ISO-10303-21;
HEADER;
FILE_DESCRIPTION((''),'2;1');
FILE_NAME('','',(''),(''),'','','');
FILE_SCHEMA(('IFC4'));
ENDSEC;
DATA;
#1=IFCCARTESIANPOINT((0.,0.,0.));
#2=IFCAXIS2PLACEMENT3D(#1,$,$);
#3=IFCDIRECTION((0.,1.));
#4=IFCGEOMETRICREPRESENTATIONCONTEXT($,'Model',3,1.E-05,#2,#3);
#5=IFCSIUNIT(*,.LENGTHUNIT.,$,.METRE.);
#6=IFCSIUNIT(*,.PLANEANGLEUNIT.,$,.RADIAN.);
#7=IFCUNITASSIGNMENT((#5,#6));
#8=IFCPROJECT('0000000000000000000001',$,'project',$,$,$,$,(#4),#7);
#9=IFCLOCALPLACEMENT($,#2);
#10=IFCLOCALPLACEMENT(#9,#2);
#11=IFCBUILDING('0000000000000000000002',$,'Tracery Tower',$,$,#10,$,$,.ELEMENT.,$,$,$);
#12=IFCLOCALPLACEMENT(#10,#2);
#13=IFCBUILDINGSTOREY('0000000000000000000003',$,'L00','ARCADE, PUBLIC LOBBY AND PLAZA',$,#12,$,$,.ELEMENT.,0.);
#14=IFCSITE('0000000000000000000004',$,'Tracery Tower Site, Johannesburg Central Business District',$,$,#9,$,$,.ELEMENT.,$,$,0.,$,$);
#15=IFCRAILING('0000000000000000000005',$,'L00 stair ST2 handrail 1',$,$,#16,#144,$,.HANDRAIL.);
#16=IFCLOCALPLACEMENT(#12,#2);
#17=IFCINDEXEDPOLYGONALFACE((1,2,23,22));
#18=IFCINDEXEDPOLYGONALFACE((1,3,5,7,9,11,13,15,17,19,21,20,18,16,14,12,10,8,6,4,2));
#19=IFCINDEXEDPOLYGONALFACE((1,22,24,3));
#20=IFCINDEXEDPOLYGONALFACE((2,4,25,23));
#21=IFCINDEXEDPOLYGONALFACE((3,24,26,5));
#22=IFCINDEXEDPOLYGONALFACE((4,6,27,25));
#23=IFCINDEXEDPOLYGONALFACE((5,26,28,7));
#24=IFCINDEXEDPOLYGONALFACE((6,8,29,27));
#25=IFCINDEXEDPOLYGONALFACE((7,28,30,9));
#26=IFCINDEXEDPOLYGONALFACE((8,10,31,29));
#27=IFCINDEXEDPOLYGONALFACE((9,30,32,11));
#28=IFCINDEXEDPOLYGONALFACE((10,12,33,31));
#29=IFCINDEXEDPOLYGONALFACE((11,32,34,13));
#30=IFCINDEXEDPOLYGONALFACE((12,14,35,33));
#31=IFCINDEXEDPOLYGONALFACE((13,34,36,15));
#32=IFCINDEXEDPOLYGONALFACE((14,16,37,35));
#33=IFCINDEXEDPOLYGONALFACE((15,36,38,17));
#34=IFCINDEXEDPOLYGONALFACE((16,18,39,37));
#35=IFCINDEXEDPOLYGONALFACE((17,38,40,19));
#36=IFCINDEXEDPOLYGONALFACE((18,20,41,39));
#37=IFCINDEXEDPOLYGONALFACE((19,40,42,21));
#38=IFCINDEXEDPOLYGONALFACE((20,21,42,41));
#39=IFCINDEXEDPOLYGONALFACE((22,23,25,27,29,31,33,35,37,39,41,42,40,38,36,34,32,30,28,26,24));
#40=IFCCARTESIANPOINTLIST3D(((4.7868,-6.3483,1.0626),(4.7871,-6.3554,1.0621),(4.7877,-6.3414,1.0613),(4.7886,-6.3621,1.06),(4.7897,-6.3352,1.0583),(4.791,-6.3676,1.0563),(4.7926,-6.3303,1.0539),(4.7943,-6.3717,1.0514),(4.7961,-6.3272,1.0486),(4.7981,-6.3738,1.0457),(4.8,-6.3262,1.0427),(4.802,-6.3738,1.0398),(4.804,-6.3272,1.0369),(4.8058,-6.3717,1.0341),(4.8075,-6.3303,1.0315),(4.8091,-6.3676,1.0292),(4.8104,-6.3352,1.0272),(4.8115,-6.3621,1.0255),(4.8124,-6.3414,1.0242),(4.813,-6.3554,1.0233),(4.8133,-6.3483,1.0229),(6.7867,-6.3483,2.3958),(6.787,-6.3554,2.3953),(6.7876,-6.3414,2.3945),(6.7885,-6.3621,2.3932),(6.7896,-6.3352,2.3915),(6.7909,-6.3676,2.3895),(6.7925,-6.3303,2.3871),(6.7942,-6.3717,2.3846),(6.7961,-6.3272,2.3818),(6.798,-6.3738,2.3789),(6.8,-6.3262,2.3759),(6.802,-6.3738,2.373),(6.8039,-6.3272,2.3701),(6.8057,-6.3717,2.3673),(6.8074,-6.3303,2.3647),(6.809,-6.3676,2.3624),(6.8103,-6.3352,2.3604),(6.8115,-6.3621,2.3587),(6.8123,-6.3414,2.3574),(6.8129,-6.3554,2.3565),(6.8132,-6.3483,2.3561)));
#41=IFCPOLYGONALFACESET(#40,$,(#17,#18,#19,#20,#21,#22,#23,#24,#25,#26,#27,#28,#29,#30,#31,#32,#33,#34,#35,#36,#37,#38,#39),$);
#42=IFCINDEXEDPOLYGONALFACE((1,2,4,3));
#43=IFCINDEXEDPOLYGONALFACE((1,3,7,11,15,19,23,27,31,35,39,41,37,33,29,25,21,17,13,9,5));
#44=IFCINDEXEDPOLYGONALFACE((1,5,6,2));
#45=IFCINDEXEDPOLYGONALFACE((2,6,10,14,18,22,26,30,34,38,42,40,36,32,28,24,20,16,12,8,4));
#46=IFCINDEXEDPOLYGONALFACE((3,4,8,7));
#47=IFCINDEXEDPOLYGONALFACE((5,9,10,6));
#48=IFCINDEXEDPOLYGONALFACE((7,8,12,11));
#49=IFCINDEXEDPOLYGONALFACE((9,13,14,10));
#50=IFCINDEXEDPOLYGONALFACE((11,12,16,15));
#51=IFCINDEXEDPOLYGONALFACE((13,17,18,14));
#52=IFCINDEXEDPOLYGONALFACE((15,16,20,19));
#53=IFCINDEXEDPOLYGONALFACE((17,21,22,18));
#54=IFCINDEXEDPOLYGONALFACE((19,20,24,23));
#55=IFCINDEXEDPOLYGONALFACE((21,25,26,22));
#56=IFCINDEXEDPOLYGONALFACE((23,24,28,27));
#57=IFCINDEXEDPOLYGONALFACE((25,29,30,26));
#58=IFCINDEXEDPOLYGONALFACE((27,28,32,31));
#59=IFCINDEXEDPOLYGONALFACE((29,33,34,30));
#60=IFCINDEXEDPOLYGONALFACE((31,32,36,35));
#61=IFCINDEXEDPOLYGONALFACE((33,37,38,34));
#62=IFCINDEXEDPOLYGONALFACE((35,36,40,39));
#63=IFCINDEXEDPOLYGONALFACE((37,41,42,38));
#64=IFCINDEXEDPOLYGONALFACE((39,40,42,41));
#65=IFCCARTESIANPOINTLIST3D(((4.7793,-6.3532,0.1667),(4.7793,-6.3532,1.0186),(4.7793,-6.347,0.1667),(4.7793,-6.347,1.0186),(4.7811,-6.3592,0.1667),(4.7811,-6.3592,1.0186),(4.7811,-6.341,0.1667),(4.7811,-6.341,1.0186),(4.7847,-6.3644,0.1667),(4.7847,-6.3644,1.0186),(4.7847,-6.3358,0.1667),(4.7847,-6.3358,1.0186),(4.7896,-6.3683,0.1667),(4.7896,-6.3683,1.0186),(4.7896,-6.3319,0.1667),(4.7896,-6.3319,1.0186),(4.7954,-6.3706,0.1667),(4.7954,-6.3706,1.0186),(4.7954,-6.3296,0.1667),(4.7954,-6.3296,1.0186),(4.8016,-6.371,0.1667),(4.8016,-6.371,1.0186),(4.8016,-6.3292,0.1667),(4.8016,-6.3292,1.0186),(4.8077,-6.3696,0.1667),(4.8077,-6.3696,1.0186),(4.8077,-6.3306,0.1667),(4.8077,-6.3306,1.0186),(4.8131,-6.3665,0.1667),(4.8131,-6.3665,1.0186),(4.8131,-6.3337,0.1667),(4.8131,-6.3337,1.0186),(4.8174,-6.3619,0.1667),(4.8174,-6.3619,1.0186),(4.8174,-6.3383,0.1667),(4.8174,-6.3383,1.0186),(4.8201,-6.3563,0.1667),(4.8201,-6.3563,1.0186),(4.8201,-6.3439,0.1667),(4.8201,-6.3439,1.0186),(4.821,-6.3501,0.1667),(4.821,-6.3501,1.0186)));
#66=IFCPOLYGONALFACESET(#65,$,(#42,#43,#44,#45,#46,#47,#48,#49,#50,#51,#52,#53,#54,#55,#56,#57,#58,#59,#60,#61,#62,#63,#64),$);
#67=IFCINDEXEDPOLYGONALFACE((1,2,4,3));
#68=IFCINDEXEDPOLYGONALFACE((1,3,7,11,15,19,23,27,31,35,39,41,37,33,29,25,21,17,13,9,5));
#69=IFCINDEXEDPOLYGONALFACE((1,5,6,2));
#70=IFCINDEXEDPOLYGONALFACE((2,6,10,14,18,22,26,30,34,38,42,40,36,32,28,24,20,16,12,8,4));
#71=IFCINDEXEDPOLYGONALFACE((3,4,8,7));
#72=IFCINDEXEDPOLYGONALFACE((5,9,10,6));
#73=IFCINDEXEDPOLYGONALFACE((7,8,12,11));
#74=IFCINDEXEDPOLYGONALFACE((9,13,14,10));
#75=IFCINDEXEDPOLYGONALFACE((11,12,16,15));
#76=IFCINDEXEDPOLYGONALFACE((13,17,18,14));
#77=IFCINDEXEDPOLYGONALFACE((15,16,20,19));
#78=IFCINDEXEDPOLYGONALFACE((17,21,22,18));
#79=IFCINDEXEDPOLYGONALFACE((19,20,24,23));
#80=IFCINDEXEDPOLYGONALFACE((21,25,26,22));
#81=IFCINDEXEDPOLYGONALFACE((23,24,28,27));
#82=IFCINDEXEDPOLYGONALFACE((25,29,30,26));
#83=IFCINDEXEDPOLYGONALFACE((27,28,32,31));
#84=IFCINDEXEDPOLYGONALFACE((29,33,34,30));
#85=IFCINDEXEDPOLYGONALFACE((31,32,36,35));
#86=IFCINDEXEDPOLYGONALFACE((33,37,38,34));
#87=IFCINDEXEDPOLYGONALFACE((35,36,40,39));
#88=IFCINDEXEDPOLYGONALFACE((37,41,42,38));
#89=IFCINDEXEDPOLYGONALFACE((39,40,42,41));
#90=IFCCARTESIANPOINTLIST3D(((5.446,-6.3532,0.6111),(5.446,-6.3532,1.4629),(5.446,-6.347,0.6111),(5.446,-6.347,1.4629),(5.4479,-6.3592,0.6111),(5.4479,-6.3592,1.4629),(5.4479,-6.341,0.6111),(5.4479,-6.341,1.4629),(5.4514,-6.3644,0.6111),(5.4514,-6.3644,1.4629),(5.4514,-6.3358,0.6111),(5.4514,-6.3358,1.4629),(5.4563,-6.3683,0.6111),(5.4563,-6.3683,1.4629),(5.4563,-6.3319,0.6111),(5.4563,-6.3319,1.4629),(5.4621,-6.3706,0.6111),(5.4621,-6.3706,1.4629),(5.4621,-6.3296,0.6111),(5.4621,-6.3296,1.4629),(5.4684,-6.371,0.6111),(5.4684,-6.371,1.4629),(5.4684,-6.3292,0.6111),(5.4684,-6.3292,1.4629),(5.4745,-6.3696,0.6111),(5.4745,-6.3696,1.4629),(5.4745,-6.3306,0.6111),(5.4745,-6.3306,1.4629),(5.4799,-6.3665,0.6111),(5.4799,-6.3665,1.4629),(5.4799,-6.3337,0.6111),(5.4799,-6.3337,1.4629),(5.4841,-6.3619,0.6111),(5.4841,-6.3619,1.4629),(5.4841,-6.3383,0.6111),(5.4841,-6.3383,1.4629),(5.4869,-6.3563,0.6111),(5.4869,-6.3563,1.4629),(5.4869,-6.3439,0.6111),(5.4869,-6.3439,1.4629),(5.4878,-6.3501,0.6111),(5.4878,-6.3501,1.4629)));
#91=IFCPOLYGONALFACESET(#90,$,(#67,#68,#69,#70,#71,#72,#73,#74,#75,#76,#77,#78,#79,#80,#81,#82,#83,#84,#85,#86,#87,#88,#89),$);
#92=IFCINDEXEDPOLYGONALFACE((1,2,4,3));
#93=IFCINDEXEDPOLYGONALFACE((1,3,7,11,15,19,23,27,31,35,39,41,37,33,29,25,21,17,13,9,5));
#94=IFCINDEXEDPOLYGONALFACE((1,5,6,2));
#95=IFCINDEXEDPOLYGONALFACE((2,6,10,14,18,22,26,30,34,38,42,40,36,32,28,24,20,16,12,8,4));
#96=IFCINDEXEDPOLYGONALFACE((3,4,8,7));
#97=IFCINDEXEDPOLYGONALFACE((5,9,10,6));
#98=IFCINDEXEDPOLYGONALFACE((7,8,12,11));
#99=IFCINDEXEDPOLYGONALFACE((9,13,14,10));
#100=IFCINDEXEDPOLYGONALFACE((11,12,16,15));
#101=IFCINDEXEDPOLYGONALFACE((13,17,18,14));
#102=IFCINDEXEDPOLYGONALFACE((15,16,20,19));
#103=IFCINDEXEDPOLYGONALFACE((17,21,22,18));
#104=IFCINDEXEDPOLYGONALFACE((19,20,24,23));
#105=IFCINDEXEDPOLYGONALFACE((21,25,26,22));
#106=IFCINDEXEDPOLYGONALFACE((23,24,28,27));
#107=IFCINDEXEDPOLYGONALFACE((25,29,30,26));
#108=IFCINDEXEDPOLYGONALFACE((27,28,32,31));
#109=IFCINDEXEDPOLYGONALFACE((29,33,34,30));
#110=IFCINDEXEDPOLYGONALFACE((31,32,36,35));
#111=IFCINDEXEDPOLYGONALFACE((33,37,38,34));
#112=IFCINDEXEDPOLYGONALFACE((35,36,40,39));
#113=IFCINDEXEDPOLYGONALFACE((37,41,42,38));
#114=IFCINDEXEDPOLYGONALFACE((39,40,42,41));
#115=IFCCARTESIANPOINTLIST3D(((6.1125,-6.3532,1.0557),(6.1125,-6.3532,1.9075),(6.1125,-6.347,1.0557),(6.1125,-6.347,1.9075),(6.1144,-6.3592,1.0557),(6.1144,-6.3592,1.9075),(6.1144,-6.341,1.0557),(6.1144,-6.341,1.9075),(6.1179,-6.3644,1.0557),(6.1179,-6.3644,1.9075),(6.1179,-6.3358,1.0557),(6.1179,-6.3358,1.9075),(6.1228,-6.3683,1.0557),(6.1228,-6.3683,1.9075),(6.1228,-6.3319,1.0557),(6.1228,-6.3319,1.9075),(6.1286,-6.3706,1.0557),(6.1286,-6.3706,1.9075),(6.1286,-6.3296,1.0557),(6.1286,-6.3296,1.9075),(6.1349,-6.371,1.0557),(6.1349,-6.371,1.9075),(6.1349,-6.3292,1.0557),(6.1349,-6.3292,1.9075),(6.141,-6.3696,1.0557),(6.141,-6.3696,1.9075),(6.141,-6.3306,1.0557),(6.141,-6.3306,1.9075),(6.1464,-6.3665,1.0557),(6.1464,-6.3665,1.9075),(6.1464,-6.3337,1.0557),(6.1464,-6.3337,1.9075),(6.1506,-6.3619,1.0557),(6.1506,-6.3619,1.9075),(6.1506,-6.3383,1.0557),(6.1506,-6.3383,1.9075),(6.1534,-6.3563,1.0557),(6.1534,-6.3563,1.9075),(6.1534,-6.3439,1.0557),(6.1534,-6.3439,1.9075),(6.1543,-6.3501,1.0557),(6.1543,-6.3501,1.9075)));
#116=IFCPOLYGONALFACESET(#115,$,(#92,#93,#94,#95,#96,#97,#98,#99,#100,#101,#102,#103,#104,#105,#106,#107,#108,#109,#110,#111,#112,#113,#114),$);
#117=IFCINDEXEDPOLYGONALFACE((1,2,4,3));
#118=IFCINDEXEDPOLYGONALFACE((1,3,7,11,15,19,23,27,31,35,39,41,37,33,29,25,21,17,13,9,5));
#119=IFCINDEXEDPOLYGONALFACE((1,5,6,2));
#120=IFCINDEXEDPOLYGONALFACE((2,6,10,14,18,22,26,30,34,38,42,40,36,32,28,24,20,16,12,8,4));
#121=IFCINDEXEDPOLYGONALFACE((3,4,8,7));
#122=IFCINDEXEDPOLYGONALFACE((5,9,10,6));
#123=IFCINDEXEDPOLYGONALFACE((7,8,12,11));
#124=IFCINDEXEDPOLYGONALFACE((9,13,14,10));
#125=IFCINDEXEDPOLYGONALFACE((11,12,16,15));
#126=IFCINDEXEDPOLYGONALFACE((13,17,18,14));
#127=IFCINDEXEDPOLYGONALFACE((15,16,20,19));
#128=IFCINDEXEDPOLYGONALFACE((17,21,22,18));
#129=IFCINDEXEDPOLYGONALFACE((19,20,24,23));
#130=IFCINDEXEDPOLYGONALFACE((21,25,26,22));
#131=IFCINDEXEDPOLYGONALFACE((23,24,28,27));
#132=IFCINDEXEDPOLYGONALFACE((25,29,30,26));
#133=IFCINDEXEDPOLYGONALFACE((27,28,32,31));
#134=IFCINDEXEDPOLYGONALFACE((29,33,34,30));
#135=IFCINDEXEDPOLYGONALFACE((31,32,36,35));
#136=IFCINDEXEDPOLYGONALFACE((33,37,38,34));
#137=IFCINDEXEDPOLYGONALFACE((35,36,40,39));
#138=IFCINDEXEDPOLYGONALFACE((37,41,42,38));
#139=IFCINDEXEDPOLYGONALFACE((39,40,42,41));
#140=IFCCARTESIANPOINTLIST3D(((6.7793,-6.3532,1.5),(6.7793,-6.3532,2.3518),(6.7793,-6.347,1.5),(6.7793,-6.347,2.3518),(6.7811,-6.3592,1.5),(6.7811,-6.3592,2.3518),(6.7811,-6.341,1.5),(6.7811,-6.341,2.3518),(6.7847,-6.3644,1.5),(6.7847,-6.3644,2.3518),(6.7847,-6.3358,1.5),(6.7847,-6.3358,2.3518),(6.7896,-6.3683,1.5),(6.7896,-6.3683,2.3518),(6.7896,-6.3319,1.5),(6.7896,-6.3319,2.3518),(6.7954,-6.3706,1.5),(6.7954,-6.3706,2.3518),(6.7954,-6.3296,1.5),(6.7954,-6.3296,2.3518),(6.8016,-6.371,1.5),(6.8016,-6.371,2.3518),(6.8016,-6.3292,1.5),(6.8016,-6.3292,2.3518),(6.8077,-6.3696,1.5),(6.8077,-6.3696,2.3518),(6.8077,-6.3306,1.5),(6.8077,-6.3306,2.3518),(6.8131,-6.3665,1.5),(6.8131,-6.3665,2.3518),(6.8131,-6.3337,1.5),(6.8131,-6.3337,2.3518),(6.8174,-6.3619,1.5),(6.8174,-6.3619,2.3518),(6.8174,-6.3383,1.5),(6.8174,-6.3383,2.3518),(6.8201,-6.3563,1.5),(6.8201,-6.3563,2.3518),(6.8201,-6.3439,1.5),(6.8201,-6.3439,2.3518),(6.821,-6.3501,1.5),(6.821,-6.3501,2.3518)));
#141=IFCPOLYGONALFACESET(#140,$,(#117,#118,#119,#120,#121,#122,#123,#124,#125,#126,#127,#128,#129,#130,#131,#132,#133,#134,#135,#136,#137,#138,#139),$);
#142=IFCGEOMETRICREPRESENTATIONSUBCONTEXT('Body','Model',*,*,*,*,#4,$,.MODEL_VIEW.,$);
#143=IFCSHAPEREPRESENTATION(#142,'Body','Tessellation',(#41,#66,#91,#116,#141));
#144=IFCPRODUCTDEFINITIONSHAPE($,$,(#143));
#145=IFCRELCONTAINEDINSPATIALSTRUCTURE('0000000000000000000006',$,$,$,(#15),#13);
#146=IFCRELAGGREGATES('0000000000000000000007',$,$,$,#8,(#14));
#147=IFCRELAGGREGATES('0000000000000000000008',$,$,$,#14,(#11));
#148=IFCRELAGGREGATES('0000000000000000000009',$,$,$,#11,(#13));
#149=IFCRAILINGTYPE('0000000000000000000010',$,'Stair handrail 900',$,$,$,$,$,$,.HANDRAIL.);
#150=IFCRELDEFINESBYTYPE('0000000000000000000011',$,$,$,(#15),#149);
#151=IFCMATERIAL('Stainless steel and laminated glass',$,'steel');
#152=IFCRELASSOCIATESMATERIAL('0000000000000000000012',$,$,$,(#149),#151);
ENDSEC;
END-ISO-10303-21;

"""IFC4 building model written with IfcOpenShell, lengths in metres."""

from ifc_helpers import new_model, si_unit, direction, frame, origin, origin_2d, place, context, subcontext, project, spatial, circle, extrude, material, type_object, element, save


model = new_model("IFC4")

# Units and contexts
model_context = context("Model", 3, precision=1e-05, world=origin(), true_north=direction((0.0, 1.0)))
body_context = subcontext(model_context, "Body", "Model", "MODEL_VIEW")
ifc_project = project(units=[si_unit("LENGTHUNIT", "METRE"), si_unit("PLANEANGLEUNIT", "RADIAN")], contexts=[model_context])

# Site, building, storey
site_placement = place(None, origin())
site = spatial("IfcSite", under=ifc_project, at=site_placement, Name="Tracery Tower Site, Johannesburg Central Business District", CompositionType="ELEMENT", RefElevation=0.0)
building_placement = place(site_placement, origin())
building = spatial("IfcBuilding", under=site, at=building_placement, Name="Tracery Tower", CompositionType="ELEMENT")
storey_placement = place(building_placement, origin())
storey = spatial("IfcBuildingStorey", under=building, at=storey_placement, Name="L00", Description="ARCADE, PUBLIC LOBBY AND PLAZA", CompositionType="ELEMENT", Elevation=0.0)

# Railing
ifc_material_1 = material(Name="Stainless steel and laminated glass", Category="steel")
railing_type_1 = type_object("IfcRailingType", Name="Stair handrail 900", PredefinedType="HANDRAIL", material=ifc_material_1)
railing_1_placement = place(storey_placement, frame((4.8, -6.3501, 0.1667)))
element("IfcRailing", 1, at=railing_1_placement, inside=storey, type_object=railing_type_1, Name="L00 stair ST2 handrail 1", PredefinedType="HANDRAIL", context=body_context, shape_type="SweptSolid", body=[
    extrude(circle(Radius=0.0239, at=origin_2d()), frame((0.0, 0.0, 0.876), z_axis=(0.832066, 0.0, 0.554677), x_axis=(0.0, 1.0, 0.0)), (0.0, 0.0, 1.0), 2.4036),
    extrude(circle(Radius=0.021, at=origin_2d()), origin(), (0.0, 0.0, 1.0), 0.8518),
    extrude(circle(Radius=0.021, at=origin_2d()), frame((0.6667, 0.0, 0.4443)), (0.0, 0.0, 1.0), 0.8518),
    extrude(circle(Radius=0.021, at=origin_2d()), frame((1.3333, 0.0, 0.8889)), (0.0, 0.0, 1.0), 0.8518),
    extrude(circle(Radius=0.021, at=origin_2d()), frame((2.0, 0.0, 1.3333)), (0.0, 0.0, 1.0), 0.8518),
])

save(model, "model.ifc")
